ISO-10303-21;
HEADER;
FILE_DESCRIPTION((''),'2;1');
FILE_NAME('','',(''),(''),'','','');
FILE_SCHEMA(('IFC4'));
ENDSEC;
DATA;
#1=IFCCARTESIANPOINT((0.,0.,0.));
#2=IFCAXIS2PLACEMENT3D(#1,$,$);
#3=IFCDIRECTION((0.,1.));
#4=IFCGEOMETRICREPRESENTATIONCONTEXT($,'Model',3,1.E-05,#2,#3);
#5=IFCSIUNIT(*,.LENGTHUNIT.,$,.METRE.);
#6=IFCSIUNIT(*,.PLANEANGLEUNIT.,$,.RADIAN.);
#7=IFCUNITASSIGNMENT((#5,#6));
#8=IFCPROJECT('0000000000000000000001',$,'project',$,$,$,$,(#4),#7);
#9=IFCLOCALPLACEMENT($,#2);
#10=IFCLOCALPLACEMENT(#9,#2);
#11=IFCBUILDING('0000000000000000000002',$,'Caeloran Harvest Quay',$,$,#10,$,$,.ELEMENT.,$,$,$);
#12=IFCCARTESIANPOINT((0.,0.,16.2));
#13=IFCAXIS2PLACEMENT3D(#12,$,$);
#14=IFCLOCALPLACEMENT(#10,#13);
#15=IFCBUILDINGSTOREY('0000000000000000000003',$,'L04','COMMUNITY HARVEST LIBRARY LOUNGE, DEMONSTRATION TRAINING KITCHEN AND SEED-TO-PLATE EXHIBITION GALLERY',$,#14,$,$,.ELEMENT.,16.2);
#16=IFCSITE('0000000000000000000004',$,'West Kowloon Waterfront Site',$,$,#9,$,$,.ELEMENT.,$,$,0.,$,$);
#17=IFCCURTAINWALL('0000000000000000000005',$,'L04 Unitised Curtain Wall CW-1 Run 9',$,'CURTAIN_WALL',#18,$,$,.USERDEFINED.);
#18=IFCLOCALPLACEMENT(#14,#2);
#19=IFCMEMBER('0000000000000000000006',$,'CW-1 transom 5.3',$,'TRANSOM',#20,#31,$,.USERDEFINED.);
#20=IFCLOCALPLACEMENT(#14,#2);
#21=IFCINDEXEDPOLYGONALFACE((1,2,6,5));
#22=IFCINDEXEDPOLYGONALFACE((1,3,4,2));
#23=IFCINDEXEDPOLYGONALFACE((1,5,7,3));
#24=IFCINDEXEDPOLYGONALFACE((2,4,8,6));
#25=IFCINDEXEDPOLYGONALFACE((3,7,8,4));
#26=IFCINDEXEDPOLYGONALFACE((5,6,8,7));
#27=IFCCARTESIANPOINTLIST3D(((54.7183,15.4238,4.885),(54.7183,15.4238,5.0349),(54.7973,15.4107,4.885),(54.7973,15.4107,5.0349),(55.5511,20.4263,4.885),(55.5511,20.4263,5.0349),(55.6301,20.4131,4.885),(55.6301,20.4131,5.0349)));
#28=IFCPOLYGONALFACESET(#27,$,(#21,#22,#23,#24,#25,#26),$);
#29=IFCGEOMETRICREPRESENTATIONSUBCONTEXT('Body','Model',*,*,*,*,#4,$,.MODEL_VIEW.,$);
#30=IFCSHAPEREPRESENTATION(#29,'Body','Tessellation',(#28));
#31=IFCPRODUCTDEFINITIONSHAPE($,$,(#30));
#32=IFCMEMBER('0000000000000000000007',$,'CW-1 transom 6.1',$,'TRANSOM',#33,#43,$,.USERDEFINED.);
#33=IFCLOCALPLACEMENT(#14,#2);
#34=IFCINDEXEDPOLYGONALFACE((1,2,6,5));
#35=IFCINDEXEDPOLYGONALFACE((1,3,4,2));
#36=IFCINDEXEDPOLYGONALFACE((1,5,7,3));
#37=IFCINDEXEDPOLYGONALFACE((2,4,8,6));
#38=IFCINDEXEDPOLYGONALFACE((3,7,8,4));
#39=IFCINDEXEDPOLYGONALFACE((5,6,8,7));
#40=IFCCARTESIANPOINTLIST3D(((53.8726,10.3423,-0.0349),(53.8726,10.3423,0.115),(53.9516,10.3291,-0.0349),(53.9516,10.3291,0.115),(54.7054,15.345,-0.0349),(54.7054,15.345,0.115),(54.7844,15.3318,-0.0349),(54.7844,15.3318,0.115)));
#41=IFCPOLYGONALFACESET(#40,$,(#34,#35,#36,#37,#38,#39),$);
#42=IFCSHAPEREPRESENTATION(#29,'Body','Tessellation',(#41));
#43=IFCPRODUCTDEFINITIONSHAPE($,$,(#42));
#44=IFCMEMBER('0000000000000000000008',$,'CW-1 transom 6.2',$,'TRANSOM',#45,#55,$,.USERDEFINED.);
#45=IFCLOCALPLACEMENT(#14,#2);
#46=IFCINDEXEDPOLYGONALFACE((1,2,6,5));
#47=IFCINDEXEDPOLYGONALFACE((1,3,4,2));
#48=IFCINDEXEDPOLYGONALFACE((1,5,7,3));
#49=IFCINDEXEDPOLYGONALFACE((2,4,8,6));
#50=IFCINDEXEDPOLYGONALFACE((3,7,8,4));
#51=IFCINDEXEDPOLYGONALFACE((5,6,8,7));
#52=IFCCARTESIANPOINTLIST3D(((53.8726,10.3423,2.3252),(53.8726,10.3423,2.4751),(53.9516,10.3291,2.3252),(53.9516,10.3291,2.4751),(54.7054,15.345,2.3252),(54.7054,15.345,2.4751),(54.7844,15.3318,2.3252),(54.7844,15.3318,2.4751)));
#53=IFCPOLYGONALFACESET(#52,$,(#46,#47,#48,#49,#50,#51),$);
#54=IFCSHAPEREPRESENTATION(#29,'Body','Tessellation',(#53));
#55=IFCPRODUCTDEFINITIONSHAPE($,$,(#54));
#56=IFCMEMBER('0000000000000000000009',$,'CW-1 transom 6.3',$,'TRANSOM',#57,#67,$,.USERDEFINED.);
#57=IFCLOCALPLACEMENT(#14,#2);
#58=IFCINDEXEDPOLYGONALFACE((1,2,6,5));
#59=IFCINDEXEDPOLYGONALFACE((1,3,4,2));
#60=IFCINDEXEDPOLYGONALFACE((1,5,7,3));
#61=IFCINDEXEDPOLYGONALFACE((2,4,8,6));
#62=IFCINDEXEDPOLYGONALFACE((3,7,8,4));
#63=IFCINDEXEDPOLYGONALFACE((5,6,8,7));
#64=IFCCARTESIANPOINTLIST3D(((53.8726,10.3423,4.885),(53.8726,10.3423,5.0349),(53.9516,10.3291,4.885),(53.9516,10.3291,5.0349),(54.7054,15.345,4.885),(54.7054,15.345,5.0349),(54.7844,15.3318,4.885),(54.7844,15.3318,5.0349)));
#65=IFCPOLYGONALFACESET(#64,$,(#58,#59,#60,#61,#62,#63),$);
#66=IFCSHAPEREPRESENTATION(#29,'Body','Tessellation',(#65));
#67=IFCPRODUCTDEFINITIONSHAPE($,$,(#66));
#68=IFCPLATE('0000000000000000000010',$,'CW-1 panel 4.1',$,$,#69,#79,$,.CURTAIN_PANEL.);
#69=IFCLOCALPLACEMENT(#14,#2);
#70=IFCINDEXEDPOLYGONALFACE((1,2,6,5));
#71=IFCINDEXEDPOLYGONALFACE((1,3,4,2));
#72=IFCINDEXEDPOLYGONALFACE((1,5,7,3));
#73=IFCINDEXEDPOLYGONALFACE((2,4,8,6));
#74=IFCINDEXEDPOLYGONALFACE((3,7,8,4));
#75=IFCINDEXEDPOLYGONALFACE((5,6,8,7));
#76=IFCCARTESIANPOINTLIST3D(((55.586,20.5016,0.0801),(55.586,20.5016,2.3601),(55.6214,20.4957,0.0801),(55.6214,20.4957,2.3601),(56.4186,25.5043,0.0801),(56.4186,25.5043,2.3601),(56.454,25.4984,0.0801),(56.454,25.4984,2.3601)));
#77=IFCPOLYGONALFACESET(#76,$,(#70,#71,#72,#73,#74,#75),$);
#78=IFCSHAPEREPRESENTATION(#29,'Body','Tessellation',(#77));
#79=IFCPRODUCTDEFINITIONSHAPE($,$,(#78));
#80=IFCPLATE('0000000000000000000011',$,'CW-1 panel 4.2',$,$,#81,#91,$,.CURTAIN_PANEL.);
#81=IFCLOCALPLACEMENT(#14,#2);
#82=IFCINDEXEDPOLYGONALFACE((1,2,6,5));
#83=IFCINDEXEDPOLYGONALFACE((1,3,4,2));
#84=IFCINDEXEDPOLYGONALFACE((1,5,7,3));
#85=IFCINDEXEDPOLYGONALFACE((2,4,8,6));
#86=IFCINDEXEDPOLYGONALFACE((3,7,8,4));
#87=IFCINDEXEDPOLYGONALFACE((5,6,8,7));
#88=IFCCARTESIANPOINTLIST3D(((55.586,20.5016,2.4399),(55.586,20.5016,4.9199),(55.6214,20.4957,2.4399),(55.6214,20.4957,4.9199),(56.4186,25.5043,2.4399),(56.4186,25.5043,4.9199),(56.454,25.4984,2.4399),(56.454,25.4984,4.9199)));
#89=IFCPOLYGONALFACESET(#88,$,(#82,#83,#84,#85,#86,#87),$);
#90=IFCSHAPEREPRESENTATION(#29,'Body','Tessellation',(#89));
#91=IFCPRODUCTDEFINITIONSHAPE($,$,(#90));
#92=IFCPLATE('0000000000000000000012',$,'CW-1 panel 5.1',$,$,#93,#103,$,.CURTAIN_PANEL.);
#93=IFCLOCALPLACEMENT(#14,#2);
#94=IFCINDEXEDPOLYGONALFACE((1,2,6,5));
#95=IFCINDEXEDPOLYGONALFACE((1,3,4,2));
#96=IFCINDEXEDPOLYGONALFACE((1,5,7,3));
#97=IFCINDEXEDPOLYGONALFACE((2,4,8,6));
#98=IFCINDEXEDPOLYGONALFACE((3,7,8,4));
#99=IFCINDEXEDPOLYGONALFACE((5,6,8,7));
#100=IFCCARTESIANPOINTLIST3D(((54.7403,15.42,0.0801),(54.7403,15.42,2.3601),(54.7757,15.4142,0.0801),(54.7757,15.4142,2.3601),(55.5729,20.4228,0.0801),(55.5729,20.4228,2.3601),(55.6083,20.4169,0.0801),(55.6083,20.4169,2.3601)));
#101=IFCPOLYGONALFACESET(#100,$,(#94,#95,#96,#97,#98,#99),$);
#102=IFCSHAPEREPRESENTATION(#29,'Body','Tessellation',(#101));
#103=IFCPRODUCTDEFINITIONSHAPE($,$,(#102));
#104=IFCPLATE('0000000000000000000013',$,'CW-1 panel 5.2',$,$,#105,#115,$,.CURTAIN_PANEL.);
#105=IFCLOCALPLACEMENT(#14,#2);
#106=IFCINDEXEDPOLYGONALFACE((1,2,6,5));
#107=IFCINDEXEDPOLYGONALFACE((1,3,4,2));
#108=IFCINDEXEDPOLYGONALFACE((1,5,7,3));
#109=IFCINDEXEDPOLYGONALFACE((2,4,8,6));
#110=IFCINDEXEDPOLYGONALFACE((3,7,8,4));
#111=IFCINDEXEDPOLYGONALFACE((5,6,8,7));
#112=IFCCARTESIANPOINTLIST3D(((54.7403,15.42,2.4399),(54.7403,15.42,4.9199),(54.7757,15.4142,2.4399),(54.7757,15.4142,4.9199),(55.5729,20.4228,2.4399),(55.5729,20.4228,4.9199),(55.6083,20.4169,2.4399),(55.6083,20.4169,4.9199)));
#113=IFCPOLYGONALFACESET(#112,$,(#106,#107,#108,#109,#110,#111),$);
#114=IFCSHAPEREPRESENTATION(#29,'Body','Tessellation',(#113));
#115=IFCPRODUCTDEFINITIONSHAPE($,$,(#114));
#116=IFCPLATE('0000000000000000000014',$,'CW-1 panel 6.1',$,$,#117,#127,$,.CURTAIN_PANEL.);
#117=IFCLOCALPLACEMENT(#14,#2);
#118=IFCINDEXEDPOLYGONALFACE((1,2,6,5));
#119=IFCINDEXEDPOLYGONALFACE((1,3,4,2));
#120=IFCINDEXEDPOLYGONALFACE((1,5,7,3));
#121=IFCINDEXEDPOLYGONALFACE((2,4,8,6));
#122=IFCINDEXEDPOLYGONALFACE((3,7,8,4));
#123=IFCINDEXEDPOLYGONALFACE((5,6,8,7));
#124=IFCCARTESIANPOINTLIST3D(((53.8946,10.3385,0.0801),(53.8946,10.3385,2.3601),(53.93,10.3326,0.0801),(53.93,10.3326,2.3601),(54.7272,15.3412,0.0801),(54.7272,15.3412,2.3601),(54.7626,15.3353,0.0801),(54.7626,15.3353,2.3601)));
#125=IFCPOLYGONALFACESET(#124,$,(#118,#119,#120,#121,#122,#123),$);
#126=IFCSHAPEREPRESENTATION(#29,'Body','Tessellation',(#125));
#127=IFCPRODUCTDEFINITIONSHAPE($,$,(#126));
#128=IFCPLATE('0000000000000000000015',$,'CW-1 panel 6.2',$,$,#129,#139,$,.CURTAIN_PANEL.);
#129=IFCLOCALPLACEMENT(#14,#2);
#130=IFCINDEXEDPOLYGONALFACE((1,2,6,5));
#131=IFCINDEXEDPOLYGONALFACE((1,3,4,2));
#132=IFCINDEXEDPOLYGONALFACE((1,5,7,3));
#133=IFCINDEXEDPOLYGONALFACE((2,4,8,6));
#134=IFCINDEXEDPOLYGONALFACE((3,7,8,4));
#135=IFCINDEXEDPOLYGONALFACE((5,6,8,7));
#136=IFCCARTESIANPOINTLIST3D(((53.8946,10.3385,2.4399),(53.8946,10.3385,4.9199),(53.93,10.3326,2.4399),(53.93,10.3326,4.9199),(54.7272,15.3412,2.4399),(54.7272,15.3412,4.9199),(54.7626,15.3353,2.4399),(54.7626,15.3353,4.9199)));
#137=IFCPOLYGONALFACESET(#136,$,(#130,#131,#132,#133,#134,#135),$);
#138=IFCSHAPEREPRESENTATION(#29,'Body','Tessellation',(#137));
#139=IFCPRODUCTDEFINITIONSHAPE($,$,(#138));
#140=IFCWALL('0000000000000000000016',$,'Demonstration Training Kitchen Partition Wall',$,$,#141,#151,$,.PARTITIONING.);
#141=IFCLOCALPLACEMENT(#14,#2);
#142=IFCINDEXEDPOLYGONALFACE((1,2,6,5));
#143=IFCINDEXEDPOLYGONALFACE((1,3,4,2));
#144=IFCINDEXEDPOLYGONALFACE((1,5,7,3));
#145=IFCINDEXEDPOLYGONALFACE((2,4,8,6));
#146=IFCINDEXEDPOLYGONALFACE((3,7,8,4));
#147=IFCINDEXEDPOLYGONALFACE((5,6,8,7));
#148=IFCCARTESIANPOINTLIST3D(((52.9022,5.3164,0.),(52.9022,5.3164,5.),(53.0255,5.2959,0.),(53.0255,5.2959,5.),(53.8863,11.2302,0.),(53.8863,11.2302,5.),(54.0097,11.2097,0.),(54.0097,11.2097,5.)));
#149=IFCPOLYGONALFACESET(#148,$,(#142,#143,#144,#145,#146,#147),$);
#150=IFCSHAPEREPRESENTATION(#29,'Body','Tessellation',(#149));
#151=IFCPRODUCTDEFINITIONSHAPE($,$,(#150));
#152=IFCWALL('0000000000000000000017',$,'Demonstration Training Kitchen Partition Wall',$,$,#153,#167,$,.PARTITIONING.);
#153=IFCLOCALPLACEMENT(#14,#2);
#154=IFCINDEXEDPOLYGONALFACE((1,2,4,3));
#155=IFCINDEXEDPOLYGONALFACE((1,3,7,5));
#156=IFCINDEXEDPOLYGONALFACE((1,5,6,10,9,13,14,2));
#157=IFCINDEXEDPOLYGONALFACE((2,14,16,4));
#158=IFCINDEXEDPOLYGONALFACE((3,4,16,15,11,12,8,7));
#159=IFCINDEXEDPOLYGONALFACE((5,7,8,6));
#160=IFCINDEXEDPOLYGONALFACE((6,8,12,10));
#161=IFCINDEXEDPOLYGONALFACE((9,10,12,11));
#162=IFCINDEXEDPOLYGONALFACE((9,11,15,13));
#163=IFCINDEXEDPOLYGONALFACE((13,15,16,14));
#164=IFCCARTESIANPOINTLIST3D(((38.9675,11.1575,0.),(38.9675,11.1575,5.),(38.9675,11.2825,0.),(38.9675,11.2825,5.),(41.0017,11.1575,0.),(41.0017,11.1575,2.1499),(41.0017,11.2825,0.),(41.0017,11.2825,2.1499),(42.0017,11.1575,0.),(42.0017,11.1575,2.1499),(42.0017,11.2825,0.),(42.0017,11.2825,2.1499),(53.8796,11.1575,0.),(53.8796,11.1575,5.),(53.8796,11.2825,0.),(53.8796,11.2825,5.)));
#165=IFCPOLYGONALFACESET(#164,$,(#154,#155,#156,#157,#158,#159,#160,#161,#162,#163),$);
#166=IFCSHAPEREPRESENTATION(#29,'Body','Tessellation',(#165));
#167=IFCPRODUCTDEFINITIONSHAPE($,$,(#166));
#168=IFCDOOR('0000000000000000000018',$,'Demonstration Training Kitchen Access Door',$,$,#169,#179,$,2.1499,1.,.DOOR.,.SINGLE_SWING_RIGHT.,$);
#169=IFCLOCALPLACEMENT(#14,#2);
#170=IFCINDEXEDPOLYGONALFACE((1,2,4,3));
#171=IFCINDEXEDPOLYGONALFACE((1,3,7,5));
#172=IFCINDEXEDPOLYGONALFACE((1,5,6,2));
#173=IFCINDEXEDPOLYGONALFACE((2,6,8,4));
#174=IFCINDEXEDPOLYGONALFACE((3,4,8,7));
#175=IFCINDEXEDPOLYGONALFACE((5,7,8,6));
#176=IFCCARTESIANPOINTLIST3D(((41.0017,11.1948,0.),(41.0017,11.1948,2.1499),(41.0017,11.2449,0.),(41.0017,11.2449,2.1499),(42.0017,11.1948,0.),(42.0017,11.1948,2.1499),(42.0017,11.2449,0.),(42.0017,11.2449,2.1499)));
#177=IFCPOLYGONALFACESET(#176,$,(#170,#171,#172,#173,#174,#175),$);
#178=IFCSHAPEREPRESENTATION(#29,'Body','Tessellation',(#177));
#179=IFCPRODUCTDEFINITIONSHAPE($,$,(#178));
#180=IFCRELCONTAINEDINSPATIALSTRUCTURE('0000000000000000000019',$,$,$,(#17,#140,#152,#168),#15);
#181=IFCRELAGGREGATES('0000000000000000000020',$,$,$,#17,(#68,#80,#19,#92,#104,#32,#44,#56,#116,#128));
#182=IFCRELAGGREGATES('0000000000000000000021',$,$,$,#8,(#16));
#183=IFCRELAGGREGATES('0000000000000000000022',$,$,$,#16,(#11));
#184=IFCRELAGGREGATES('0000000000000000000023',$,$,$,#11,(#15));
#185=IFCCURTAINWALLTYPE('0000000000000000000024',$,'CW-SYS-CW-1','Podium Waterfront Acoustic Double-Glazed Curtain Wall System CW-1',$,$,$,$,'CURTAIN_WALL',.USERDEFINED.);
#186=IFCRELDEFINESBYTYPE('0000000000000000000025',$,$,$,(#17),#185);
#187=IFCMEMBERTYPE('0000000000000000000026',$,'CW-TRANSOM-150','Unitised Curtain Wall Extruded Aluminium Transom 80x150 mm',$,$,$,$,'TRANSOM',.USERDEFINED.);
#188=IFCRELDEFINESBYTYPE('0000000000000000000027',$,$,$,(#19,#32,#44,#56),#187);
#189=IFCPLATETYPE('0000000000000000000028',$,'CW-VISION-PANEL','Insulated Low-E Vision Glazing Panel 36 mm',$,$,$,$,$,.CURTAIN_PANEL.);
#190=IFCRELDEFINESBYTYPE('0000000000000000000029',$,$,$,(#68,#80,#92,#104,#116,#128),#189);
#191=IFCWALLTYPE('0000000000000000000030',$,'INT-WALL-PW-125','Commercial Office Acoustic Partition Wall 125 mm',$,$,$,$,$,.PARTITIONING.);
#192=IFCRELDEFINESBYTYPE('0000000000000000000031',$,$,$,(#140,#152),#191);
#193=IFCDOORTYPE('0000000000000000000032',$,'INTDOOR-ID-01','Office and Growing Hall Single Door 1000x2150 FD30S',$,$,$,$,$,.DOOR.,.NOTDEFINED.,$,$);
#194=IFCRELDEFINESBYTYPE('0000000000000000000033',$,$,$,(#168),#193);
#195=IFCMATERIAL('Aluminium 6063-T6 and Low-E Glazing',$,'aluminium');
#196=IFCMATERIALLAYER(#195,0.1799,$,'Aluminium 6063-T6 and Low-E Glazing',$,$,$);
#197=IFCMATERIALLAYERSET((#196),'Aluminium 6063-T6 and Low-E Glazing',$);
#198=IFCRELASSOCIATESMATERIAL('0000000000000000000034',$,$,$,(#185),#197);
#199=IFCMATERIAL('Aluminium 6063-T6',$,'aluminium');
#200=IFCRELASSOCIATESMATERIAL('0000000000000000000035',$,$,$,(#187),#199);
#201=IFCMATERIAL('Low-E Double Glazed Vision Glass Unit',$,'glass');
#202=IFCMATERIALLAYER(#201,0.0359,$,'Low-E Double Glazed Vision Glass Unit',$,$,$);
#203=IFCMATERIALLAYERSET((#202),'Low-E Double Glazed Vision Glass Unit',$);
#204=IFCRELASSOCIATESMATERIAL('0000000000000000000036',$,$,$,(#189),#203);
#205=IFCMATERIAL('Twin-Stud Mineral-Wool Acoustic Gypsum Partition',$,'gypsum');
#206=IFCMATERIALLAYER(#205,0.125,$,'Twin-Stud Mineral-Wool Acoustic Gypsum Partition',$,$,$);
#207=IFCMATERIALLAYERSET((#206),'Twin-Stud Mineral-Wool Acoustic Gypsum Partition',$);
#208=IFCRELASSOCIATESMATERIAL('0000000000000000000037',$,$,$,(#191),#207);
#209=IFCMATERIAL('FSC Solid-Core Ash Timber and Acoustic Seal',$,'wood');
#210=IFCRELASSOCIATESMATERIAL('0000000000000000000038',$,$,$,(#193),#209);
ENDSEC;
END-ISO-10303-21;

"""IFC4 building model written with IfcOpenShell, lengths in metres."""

from ifc_helpers import new_model, si_unit, direction, frame, frame_2d, origin, origin_2d, place, context, subcontext, project, spatial, rectangle, extrude, material, layer, layer_set, material_profile, profile_set, type_object, element, fill, aggregate, save


model = new_model("IFC4")

# Units and contexts
model_context = context("Model", 3, precision=1e-05, world=origin(), true_north=direction((0.0, 1.0)))
body_context = subcontext(model_context, "Body", "Model", "MODEL_VIEW")
ifc_project = project(units=[si_unit("LENGTHUNIT", "METRE"), si_unit("PLANEANGLEUNIT", "RADIAN")], contexts=[model_context])

# Site, building, storey
site_placement = place(None, origin())
site = spatial("IfcSite", under=ifc_project, at=site_placement, Name="West Kowloon Waterfront Site", CompositionType="ELEMENT", RefElevation=0.0)
building_placement = place(site_placement, origin())
building = spatial("IfcBuilding", under=site, at=building_placement, Name="Caeloran Harvest Quay", CompositionType="ELEMENT")
storey_placement = place(building_placement, frame((0.0, 0.0, 16.2)))
storey = spatial("IfcBuildingStorey", under=building, at=storey_placement, Name="L04", Description="COMMUNITY HARVEST LIBRARY LOUNGE, DEMONSTRATION TRAINING KITCHEN AND SEED-TO-PLATE EXHIBITION GALLERY", CompositionType="ELEMENT", Elevation=16.2)

# Curtain wall, members, plates
ifc_material_1 = material(Name="Aluminium 6063-T6 and Low-E Glazing", Category="aluminium")
ifc_layer_1 = layer(ifc_material_1, 0.1799, Name="Aluminium 6063-T6 and Low-E Glazing")
ifc_layer_set_1 = layer_set([ifc_layer_1], Name="Aluminium 6063-T6 and Low-E Glazing")
curtain_wall_type = type_object("IfcCurtainWallType", Name="CW-SYS-CW-1", Description="Podium Waterfront Acoustic Double-Glazed Curtain Wall System CW-1", ElementType="CURTAIN_WALL", PredefinedType="USERDEFINED", material=ifc_layer_set_1)
curtain_wall_placement = place(storey_placement, origin())
curtain_wall = element("IfcCurtainWall", 1, at=curtain_wall_placement, inside=storey, type_object=curtain_wall_type, Name="L04 Unitised Curtain Wall CW-1 Run 9", ObjectType="CURTAIN_WALL", PredefinedType="USERDEFINED")
ifc_material_2 = material(Name="Aluminium 6063-T6", Category="aluminium")
ifc_material_profile_1 = material_profile(ifc_material_2, rectangle(XDim=0.0801, YDim=0.1499, at=origin_2d()), Name="CW-TRANSOM-150")
ifc_profile_set_1 = profile_set([ifc_material_profile_1], Name="Aluminium 6063-T6")
member_type_1 = type_object("IfcMemberType", Name="CW-TRANSOM-150", Description="Unitised Curtain Wall Extruded Aluminium Transom 80x150 mm", ElementType="TRANSOM", PredefinedType="USERDEFINED", material=ifc_profile_set_1)
member_1_placement = place(storey_placement, frame((55.5906, 20.4197, 4.96), z_axis=(-0.164212, -0.986425, 0.0), x_axis=(0.986425, -0.164212, 0.0)))
member_1 = element("IfcMember", 2, at=member_1_placement, type_object=member_type_1, Name="CW-1 transom 5.3", ObjectType="TRANSOM", PredefinedType="USERDEFINED", context=body_context, shape_type="SweptSolid", body=[
    extrude(rectangle(XDim=0.0801, YDim=0.1499, at=origin_2d()), origin(), (0.0, 0.0, 1.0), 5.0713),
])
member_2_placement = place(storey_placement, frame((54.7449, 15.3384, 0.04), z_axis=(-0.164204, -0.986426, 0.0), x_axis=(0.986426, -0.164204, 0.0)))
member_2 = element("IfcMember", 3, at=member_2_placement, type_object=member_type_1, Name="CW-1 transom 6.1", ObjectType="TRANSOM", PredefinedType="USERDEFINED", context=body_context, shape_type="SweptSolid", body=[
    extrude(rectangle(XDim=0.0801, YDim=0.1499, at=origin_2d()), origin(), (0.0, 0.0, 1.0), 5.0715),
])
member_3_placement = place(storey_placement, frame((54.7449, 15.3384, 2.4001), z_axis=(-0.164204, -0.986426, 0.0), x_axis=(0.986426, -0.164204, 0.0)))
member_3 = element("IfcMember", 4, at=member_3_placement, type_object=member_type_1, Name="CW-1 transom 6.2", ObjectType="TRANSOM", PredefinedType="USERDEFINED", context=body_context, shape_type="SweptSolid", body=[
    extrude(rectangle(XDim=0.0801, YDim=0.1499, at=origin_2d()), origin(), (0.0, 0.0, 1.0), 5.0715),
])
member_4_placement = place(storey_placement, frame((54.7449, 15.3384, 4.96), z_axis=(-0.164204, -0.986426, 0.0), x_axis=(0.986426, -0.164204, 0.0)))
member_4 = element("IfcMember", 5, at=member_4_placement, type_object=member_type_1, Name="CW-1 transom 6.3", ObjectType="TRANSOM", PredefinedType="USERDEFINED", context=body_context, shape_type="SweptSolid", body=[
    extrude(rectangle(XDim=0.0801, YDim=0.1499, at=origin_2d()), origin(), (0.0, 0.0, 1.0), 5.0715),
])
ifc_material_3 = material(Name="Low-E Double Glazed Vision Glass Unit", Category="glass")
ifc_layer_2 = layer(ifc_material_3, 0.0359, Name="Low-E Double Glazed Vision Glass Unit")
ifc_layer_set_2 = layer_set([ifc_layer_2], Name="Low-E Double Glazed Vision Glass Unit")
plate_type = type_object("IfcPlateType", Name="CW-VISION-PANEL", Description="Insulated Low-E Vision Glazing Panel 36 mm", PredefinedType="CURTAIN_PANEL", material=ifc_layer_set_2)
plate_1_placement = place(storey_placement, frame((56.02, 23.0, 0.0801), z_axis=(0.0, 0.0, 1.0), x_axis=(-0.164174, -0.986431, 0.0)))
plate_1 = element("IfcPlate", 6, at=plate_1_placement, type_object=plate_type, Name="CW-1 panel 4.1", PredefinedType="CURTAIN_PANEL", context=body_context, shape_type="SweptSolid", body=[
    extrude(rectangle(XDim=5.0715, YDim=0.0359, at=origin_2d()), origin(), (0.0, 0.0, 1.0), 2.28),
])
plate_2_placement = place(storey_placement, frame((56.02, 23.0, 2.4399), z_axis=(0.0, 0.0, 1.0), x_axis=(-0.164174, -0.986431, 0.0)))
plate_2 = element("IfcPlate", 7, at=plate_2_placement, type_object=plate_type, Name="CW-1 panel 4.2", PredefinedType="CURTAIN_PANEL", context=body_context, shape_type="SweptSolid", body=[
    extrude(rectangle(XDim=5.0715, YDim=0.0359, at=origin_2d()), origin(), (0.0, 0.0, 1.0), 2.48),
])
plate_3_placement = place(storey_placement, frame((55.1743, 17.9185, 0.0801), z_axis=(0.0, 0.0, 1.0), x_axis=(-0.164174, -0.986431, 0.0)))
plate_3 = element("IfcPlate", 8, at=plate_3_placement, type_object=plate_type, Name="CW-1 panel 5.1", PredefinedType="CURTAIN_PANEL", context=body_context, shape_type="SweptSolid", body=[
    extrude(rectangle(XDim=5.0715, YDim=0.0359, at=origin_2d()), origin(), (0.0, 0.0, 1.0), 2.28),
])
plate_4_placement = place(storey_placement, frame((55.1743, 17.9185, 2.4399), z_axis=(0.0, 0.0, 1.0), x_axis=(-0.164174, -0.986431, 0.0)))
plate_4 = element("IfcPlate", 9, at=plate_4_placement, type_object=plate_type, Name="CW-1 panel 5.2", PredefinedType="CURTAIN_PANEL", context=body_context, shape_type="SweptSolid", body=[
    extrude(rectangle(XDim=5.0715, YDim=0.0359, at=origin_2d()), origin(), (0.0, 0.0, 1.0), 2.48),
])
plate_5_placement = place(storey_placement, frame((54.3286, 12.8369, 0.0801), z_axis=(0.0, 0.0, 1.0), x_axis=(-0.164174, -0.986431, 0.0)))
plate_5 = element("IfcPlate", 10, at=plate_5_placement, type_object=plate_type, Name="CW-1 panel 6.1", PredefinedType="CURTAIN_PANEL", context=body_context, shape_type="SweptSolid", body=[
    extrude(rectangle(XDim=5.0715, YDim=0.0359, at=origin_2d()), origin(), (0.0, 0.0, 1.0), 2.28),
])
plate_6_placement = place(storey_placement, frame((54.3286, 12.8369, 2.4399), z_axis=(0.0, 0.0, 1.0), x_axis=(-0.164174, -0.986431, 0.0)))
plate_6 = element("IfcPlate", 11, at=plate_6_placement, type_object=plate_type, Name="CW-1 panel 6.2", PredefinedType="CURTAIN_PANEL", context=body_context, shape_type="SweptSolid", body=[
    extrude(rectangle(XDim=5.0715, YDim=0.0359, at=origin_2d()), origin(), (0.0, 0.0, 1.0), 2.48),
])
aggregate(curtain_wall, [plate_1, plate_2, member_1, plate_3, plate_4, member_2, member_3, member_4, plate_5, plate_6])

# Wall
ifc_material_4 = material(Name="Twin-Stud Mineral-Wool Acoustic Gypsum Partition", Category="gypsum")
ifc_layer_3 = layer(ifc_material_4, 0.125, Name="Twin-Stud Mineral-Wool Acoustic Gypsum Partition")
ifc_layer_set_3 = layer_set([ifc_layer_3], Name="Twin-Stud Mineral-Wool Acoustic Gypsum Partition")
wall_type_1 = type_object("IfcWallType", Name="INT-WALL-PW-125", Description="Commercial Office Acoustic Partition Wall 125 mm", PredefinedType="PARTITIONING", material=ifc_layer_set_3)
wall_1_placement = place(storey_placement, frame((53.948, 11.22, 0.0), z_axis=(0.0, 0.0, 1.0), x_axis=(-0.164155, -0.986435, 0.0)))
element("IfcWall", 12, at=wall_1_placement, inside=storey, type_object=wall_type_1, Name="Demonstration Training Kitchen Partition Wall", PredefinedType="PARTITIONING", context=body_context, shape_type="SweptSolid", body=[
    extrude(rectangle(XDim=5.9951, YDim=0.125, at=frame_2d((2.9976, 0.0))), origin(), (0.0, 0.0, 1.0), 5.0),
])

# Wall, opening, door
wall_2_placement = place(storey_placement, frame((38.9675, 11.22, 0.0), z_axis=(0.0, 0.0, 1.0), x_axis=(1.0, 0.0, 0.0)))
wall_2 = element("IfcWall", 13, at=wall_2_placement, inside=storey, type_object=wall_type_1, Name="Demonstration Training Kitchen Partition Wall", PredefinedType="PARTITIONING", context=body_context, shape_type="SweptSolid", body=[
    extrude(rectangle(XDim=14.9121, YDim=0.125, at=frame_2d((7.4561, 0.0))), origin(), (0.0, 0.0, 1.0), 5.0),
])
opening_placement = place(wall_2_placement, frame((2.0342, 0.0, 0.0)))
opening = element("IfcOpeningElement", 14, at=opening_placement, cuts=wall_2, PredefinedType="OPENING", context=body_context, shape_type="SweptSolid", body=[
    extrude(rectangle(XDim=1.0, YDim=2.1499, at=frame_2d((0.5, 1.075))), frame((0.0, 0.0725, 0.0), z_axis=(0.0, -1.0, 0.0), x_axis=(1.0, 0.0, 0.0)), (0.0, 0.0, 1.0), 0.145),
])
ifc_material_5 = material(Name="FSC Solid-Core Ash Timber and Acoustic Seal", Category="wood")
door_type = type_object("IfcDoorType", Name="INTDOOR-ID-01", Description="Office and Growing Hall Single Door 1000x2150 FD30S", OperationType="NOTDEFINED", PredefinedType="DOOR", material=ifc_material_5)
door_placement = place(opening_placement, origin())
door = element("IfcDoor", 15, at=door_placement, inside=storey, type_object=door_type, Name="Demonstration Training Kitchen Access Door", OperationType="SINGLE_SWING_RIGHT", OverallHeight=2.1499, OverallWidth=1.0, PredefinedType="DOOR", context=body_context, shape_type="SweptSolid", body=[
    extrude(rectangle(XDim=1.0, YDim=2.1499, at=frame_2d((0.5, 1.075))), frame((0.0, 0.0249, 0.0), z_axis=(0.0, -1.0, 0.0), x_axis=(1.0, 0.0, 0.0)), (0.0, 0.0, 1.0), 0.05),
])
fill(opening, door)

save(model, "model.ifc")
